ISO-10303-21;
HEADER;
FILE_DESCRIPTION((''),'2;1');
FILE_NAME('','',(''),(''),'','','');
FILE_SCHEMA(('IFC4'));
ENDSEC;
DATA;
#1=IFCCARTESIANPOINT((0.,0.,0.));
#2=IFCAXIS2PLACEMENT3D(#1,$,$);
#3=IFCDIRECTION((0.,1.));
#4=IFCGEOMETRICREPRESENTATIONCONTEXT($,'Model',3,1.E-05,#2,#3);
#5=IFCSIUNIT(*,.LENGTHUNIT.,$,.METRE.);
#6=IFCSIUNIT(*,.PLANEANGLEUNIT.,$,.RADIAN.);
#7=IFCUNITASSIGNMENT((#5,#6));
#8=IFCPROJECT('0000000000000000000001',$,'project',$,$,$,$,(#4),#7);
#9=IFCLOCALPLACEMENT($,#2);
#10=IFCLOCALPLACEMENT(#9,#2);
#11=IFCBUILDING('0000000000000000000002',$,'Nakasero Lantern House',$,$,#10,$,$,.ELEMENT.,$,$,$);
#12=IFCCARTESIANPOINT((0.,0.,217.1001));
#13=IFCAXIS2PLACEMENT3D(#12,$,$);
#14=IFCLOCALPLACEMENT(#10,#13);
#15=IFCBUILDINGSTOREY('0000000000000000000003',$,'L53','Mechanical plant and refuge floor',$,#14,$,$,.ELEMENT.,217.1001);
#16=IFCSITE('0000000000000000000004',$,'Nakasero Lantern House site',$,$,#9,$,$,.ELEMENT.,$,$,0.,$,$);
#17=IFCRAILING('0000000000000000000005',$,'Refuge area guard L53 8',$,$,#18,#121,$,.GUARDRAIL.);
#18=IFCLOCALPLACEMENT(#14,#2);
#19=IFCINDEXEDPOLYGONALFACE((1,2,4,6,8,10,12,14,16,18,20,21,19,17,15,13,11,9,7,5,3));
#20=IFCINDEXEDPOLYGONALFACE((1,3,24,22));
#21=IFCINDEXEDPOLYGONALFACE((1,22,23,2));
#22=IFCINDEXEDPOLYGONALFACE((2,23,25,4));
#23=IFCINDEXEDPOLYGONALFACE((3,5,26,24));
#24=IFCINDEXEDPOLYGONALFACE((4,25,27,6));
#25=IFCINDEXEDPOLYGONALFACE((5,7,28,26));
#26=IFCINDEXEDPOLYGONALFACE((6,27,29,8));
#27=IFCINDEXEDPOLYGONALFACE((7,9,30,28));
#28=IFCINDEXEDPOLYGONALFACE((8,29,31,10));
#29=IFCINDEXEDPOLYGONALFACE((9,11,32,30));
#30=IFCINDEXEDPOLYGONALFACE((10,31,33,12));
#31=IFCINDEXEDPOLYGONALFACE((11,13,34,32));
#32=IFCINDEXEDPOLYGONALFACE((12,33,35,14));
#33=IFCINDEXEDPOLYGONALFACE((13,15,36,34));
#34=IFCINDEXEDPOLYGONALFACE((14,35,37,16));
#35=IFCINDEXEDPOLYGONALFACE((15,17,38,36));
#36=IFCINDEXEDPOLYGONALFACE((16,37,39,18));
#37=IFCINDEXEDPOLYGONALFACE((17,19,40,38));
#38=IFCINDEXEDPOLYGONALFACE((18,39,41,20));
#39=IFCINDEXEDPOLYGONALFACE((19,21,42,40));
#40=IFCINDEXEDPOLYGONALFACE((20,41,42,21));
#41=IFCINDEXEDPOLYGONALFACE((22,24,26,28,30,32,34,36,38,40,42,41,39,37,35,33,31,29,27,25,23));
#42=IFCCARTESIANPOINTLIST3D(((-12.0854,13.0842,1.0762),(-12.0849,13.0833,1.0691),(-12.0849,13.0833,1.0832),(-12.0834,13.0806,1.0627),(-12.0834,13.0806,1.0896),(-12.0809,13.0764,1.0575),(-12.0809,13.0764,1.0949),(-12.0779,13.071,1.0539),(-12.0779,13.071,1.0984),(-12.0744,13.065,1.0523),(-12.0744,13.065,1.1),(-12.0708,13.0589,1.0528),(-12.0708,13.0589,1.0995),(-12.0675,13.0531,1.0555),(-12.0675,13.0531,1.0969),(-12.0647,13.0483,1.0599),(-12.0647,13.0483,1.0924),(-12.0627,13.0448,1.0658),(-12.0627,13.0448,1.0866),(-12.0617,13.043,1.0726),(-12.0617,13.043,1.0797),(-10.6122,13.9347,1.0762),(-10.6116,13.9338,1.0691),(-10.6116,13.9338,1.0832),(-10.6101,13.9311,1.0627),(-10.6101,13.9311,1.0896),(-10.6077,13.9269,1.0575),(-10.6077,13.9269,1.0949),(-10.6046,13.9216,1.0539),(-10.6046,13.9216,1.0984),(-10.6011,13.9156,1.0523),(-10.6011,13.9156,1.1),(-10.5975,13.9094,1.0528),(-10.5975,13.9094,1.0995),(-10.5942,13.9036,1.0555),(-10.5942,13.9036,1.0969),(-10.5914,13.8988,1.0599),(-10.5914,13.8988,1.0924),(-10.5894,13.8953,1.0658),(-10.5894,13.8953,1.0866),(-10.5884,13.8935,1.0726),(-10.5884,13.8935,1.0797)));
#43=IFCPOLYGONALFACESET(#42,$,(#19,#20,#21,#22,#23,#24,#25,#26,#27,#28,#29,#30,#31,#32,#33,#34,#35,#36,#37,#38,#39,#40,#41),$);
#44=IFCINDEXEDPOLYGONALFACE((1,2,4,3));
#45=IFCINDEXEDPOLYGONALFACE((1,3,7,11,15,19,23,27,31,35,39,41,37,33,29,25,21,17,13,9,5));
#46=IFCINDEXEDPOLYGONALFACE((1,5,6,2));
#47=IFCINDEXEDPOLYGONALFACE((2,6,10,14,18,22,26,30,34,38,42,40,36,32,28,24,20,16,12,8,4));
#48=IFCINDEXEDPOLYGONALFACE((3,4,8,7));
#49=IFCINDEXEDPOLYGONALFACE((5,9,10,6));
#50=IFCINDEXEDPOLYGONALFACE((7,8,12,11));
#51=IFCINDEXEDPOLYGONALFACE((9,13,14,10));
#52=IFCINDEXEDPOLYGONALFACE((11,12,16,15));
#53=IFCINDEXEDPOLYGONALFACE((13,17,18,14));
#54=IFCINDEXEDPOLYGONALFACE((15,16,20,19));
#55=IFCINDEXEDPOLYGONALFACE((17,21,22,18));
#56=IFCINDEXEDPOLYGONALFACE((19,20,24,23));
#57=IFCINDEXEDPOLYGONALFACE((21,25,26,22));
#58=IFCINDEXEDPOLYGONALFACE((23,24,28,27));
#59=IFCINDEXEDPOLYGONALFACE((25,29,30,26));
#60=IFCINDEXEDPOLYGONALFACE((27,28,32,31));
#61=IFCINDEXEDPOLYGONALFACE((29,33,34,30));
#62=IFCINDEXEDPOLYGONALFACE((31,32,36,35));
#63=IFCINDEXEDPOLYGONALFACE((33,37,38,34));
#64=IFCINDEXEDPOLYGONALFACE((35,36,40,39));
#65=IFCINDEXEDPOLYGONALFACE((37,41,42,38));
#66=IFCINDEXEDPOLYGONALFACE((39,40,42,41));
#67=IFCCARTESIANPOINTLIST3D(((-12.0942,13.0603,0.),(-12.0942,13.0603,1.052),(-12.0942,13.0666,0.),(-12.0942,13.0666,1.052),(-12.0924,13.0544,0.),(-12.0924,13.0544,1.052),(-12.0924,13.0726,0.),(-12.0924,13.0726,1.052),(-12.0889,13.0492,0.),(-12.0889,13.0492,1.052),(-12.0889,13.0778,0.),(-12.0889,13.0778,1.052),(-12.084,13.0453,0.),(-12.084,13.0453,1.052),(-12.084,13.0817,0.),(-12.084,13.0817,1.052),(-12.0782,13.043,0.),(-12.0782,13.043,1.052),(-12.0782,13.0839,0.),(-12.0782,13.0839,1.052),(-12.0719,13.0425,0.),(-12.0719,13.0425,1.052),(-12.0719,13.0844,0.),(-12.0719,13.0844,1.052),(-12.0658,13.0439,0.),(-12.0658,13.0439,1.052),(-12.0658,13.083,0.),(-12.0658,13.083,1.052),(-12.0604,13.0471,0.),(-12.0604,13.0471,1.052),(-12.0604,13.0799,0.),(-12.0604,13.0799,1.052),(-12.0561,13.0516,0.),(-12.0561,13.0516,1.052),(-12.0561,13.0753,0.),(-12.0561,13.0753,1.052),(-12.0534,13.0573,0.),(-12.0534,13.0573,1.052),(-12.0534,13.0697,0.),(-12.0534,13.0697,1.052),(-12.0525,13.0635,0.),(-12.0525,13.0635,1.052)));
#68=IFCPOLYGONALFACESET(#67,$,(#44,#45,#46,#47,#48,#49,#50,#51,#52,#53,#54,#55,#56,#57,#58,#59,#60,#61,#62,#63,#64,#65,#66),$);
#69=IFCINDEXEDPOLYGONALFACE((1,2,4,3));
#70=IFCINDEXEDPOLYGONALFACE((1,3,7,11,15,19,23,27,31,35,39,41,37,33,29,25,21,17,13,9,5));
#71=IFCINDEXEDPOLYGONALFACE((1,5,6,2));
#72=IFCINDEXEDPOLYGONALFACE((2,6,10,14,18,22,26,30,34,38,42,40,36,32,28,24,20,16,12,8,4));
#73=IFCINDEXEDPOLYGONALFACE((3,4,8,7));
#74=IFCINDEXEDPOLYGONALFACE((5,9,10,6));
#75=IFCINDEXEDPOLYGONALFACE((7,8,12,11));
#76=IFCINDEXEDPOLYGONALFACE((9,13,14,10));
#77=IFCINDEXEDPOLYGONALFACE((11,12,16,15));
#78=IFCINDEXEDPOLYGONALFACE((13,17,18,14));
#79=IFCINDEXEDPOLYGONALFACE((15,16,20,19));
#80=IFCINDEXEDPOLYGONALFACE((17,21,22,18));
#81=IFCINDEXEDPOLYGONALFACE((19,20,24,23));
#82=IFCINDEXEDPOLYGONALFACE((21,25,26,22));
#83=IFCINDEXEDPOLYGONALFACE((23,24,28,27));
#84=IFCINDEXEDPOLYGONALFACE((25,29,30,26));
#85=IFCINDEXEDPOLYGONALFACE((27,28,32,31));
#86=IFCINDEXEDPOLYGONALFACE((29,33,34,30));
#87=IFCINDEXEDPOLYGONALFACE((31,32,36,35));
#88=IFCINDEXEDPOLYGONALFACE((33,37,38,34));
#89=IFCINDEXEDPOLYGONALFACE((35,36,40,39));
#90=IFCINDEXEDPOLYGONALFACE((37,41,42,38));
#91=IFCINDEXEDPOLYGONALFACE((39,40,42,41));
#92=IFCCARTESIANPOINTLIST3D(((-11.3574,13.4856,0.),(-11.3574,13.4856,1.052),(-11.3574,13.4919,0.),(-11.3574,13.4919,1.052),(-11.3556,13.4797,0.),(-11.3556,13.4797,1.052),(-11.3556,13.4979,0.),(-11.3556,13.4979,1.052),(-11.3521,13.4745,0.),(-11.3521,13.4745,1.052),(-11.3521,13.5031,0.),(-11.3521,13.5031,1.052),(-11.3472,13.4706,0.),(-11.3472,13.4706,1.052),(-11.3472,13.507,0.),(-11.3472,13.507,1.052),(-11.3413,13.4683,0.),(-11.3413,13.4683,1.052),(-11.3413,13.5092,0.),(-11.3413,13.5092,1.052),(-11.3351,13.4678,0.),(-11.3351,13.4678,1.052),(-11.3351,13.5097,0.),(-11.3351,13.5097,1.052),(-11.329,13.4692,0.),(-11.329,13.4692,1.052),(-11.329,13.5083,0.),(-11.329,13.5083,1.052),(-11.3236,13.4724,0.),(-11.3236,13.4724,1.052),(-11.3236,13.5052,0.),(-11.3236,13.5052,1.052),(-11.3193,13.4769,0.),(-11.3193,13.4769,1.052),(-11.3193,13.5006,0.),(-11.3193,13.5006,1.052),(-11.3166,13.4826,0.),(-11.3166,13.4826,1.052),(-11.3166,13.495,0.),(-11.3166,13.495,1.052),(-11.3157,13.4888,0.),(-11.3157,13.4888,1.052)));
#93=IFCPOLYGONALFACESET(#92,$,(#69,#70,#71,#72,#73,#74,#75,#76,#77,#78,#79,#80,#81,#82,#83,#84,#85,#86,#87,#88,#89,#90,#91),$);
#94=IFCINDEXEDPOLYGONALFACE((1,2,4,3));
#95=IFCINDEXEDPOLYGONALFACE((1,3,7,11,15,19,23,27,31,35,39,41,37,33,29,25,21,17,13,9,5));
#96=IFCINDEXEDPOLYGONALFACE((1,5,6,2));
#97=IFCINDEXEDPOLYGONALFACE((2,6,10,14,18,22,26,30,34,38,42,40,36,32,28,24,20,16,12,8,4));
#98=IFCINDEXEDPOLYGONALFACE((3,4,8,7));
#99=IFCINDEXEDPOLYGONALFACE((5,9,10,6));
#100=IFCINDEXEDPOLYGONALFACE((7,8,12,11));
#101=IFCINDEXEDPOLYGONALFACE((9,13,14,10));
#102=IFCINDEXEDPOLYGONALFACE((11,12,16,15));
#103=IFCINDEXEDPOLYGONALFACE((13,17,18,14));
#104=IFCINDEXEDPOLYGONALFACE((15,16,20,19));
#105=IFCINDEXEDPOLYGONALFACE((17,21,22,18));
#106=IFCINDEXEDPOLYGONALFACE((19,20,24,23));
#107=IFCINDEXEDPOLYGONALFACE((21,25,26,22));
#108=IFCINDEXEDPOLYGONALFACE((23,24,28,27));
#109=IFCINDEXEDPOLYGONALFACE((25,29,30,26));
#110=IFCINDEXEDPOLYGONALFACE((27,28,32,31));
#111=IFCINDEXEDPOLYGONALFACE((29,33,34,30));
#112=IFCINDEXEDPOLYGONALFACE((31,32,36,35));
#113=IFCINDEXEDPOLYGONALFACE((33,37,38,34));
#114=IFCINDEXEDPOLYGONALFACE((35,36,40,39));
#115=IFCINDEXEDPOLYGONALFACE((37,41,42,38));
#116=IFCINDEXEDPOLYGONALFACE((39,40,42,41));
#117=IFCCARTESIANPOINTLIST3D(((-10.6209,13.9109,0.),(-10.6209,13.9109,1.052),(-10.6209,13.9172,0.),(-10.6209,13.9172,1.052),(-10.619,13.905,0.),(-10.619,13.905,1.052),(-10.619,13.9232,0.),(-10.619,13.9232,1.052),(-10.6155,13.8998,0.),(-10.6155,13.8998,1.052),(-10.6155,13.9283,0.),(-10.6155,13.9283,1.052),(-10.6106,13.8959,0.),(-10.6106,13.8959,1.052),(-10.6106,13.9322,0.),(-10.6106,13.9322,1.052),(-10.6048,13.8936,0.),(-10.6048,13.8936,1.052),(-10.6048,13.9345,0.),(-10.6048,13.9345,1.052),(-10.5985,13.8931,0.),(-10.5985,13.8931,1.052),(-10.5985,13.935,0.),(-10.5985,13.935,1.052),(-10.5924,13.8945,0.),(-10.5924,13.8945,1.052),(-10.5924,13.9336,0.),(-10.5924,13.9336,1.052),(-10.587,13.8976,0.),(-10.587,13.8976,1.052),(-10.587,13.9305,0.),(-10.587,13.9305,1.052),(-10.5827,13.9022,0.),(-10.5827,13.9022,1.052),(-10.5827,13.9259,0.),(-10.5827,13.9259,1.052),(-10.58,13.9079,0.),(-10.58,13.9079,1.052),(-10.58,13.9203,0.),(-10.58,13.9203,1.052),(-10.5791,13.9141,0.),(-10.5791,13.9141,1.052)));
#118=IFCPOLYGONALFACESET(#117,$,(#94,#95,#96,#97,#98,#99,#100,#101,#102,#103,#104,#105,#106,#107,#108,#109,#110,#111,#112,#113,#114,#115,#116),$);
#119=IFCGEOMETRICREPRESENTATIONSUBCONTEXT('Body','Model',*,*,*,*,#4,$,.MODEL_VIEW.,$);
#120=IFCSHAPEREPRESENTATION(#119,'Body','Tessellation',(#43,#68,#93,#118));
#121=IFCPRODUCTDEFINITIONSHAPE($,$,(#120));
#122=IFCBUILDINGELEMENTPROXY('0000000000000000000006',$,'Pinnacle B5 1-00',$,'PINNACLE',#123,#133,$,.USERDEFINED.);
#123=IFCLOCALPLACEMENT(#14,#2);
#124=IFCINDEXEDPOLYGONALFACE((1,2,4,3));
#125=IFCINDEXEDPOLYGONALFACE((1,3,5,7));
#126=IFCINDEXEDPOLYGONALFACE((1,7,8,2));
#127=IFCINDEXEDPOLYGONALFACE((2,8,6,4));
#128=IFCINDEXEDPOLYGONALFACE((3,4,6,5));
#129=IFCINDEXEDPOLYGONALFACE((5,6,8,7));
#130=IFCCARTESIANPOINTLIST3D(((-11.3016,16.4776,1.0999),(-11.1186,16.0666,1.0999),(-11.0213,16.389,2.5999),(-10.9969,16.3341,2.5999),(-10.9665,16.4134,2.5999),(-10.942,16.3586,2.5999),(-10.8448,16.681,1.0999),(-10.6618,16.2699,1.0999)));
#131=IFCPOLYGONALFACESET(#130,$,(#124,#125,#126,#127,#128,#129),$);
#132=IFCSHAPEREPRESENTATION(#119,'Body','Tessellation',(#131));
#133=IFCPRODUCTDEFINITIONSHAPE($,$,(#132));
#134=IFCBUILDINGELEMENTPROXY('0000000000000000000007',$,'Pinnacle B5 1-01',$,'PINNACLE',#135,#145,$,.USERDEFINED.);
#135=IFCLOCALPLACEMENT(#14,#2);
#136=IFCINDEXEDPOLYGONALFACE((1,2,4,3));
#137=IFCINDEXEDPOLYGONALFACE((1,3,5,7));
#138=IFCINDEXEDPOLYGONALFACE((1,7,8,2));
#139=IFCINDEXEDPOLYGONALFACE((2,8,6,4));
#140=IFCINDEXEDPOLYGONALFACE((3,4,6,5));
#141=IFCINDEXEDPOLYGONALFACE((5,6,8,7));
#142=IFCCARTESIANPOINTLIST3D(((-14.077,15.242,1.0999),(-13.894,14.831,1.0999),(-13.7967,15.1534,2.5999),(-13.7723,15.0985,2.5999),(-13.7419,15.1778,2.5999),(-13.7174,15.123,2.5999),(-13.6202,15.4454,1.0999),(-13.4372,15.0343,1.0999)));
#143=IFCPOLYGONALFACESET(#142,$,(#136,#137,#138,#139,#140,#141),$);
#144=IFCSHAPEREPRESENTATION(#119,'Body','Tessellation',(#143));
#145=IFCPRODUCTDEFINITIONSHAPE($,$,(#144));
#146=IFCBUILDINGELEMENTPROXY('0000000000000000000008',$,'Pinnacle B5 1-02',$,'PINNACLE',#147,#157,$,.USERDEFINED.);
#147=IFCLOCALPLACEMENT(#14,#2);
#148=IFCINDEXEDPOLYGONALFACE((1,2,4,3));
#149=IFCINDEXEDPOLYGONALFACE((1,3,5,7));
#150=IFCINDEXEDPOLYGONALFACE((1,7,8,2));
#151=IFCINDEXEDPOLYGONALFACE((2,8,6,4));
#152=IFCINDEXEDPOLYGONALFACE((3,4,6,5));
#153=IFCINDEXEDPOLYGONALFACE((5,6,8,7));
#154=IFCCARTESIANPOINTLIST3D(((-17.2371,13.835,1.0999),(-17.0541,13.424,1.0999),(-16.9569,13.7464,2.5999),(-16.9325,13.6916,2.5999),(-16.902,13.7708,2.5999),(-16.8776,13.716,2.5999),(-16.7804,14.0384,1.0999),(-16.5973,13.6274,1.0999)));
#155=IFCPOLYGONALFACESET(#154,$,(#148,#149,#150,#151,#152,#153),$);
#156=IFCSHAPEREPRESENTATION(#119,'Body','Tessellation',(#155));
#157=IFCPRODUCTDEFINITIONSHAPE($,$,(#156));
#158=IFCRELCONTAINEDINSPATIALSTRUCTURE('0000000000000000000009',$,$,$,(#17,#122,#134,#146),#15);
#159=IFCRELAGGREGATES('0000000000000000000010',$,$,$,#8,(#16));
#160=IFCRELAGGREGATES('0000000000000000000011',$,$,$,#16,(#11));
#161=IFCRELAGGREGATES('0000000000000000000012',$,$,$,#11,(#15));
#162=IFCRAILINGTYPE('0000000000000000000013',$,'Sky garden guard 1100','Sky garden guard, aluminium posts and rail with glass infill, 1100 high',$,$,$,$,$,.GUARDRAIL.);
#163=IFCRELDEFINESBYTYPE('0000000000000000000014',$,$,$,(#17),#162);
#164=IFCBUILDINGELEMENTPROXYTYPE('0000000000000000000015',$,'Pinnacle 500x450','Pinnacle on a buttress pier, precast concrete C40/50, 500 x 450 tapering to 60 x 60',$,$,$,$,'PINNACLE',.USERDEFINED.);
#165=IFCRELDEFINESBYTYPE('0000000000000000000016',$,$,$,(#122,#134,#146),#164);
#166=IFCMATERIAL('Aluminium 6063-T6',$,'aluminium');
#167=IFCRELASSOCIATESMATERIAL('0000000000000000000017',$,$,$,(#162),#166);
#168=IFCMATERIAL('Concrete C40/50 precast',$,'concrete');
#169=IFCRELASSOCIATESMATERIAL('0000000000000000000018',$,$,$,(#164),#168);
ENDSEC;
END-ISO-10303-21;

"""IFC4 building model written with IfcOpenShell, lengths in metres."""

from ifc_helpers import new_model, entity, si_unit, direction, frame, origin, origin_2d, place, context, subcontext, project, spatial, circle, extrude, material, type_object, element, save


model = new_model("IFC4")

# Units and contexts
model_context = context("Model", 3, precision=1e-05, world=origin(), true_north=direction((0.0, 1.0)))
body_context = subcontext(model_context, "Body", "Model", "MODEL_VIEW")
ifc_project = project(units=[si_unit("LENGTHUNIT", "METRE"), si_unit("PLANEANGLEUNIT", "RADIAN")], contexts=[model_context])

# Site, building, storey
site_placement = place(None, origin())
site = spatial("IfcSite", under=ifc_project, at=site_placement, Name="Nakasero Lantern House site", CompositionType="ELEMENT", RefElevation=0.0)
building_placement = place(site_placement, origin())
building = spatial("IfcBuilding", under=site, at=building_placement, Name="Nakasero Lantern House", CompositionType="ELEMENT")
storey_placement = place(building_placement, frame((0.0, 0.0, 217.1001)))
storey = spatial("IfcBuildingStorey", under=building, at=storey_placement, Name="L53", Description="Mechanical plant and refuge floor", CompositionType="ELEMENT", Elevation=217.1001)

# Railing
ifc_material_1 = material(Name="Aluminium 6063-T6", Category="aluminium")
railing_type = type_object("IfcRailingType", Name="Sky garden guard 1100", Description="Sky garden guard, aluminium posts and rail with glass infill, 1100 high", PredefinedType="GUARDRAIL", material=ifc_material_1)
railing_1_placement = place(storey_placement, frame((-12.0735, 13.0635, 0.0)))
element("IfcRailing", 1, at=railing_1_placement, inside=storey, type_object=railing_type, Name="Refuge area guard L53 8", PredefinedType="GUARDRAIL", context=body_context, shape_type="SweptSolid", body=[
    extrude(circle(Radius=0.0239, at=origin_2d()), frame((0.0, 0.0, 1.0762), z_axis=(0.866045, 0.499967, 0.0), x_axis=(-0.499967, 0.866045, 0.0)), (0.0, 0.0, 1.0), 1.7012),
    extrude(circle(Radius=0.021, at=origin_2d()), origin(), (0.0, 0.0, 1.0), 1.052),
    extrude(circle(Radius=0.021, at=origin_2d()), frame((0.7368, 0.4253, 0.0)), (0.0, 0.0, 1.0), 1.052),
    extrude(circle(Radius=0.021, at=origin_2d()), frame((1.4734, 0.8506, 0.0)), (0.0, 0.0, 1.0), 1.052),
])

# Building element proxies
ifc_material_2 = material(Name="Concrete C40/50 precast", Category="concrete")
building_element_proxy_type = type_object("IfcBuildingElementProxyType", Name="Pinnacle 500x450", Description="Pinnacle on a buttress pier, precast concrete C40/50, 500 x 450 tapering to 60 x 60", ElementType="PINNACLE", PredefinedType="USERDEFINED", material=ifc_material_2)
for number, where, z_axis, x_axis, name in (
    (2, (-10.9817, 16.3738, 1.0999), (0.0, 0.0, 1.0), (-0.406737, 0.913545, 0.0), "Pinnacle B5 1-00"),
    (3, (-13.7571, 15.1382, 1.0999), (0.0, 0.0, 1.0), (-0.406737, 0.913545, 0.0), "Pinnacle B5 1-01"),
    (4, (-16.9172, 13.7312, 1.0999), (0.0, 0.0, 1.0), (-0.406737, 0.913545, 0.0), "Pinnacle B5 1-02"),
):
    element("IfcBuildingElementProxy", number, at=place(storey_placement, frame(where, z_axis=z_axis, x_axis=x_axis)), inside=storey, type_object=building_element_proxy_type, Name=name, ObjectType="PINNACLE", PredefinedType="USERDEFINED", context=body_context, shape_type="SweptSolid", body=[
        entity("IfcExtrudedAreaSolidTapered", entity("IfcRectangleProfileDef", "AREA", None, entity("IfcAxis2Placement2D", entity("IfcCartesianPoint", [0.0, 0.0])), 0.45, 0.5), entity("IfcAxis2Placement3D", entity("IfcCartesianPoint", [0.0, 0.0, 0.0])), entity("IfcDirection", [0.0, 0.0, 1.0]), 1.5, entity("IfcRectangleProfileDef", "AREA", None, entity("IfcAxis2Placement2D", entity("IfcCartesianPoint", [0.0, 0.0])), 0.0601, 0.0601)),
    ])

save(model, "model.ifc")
